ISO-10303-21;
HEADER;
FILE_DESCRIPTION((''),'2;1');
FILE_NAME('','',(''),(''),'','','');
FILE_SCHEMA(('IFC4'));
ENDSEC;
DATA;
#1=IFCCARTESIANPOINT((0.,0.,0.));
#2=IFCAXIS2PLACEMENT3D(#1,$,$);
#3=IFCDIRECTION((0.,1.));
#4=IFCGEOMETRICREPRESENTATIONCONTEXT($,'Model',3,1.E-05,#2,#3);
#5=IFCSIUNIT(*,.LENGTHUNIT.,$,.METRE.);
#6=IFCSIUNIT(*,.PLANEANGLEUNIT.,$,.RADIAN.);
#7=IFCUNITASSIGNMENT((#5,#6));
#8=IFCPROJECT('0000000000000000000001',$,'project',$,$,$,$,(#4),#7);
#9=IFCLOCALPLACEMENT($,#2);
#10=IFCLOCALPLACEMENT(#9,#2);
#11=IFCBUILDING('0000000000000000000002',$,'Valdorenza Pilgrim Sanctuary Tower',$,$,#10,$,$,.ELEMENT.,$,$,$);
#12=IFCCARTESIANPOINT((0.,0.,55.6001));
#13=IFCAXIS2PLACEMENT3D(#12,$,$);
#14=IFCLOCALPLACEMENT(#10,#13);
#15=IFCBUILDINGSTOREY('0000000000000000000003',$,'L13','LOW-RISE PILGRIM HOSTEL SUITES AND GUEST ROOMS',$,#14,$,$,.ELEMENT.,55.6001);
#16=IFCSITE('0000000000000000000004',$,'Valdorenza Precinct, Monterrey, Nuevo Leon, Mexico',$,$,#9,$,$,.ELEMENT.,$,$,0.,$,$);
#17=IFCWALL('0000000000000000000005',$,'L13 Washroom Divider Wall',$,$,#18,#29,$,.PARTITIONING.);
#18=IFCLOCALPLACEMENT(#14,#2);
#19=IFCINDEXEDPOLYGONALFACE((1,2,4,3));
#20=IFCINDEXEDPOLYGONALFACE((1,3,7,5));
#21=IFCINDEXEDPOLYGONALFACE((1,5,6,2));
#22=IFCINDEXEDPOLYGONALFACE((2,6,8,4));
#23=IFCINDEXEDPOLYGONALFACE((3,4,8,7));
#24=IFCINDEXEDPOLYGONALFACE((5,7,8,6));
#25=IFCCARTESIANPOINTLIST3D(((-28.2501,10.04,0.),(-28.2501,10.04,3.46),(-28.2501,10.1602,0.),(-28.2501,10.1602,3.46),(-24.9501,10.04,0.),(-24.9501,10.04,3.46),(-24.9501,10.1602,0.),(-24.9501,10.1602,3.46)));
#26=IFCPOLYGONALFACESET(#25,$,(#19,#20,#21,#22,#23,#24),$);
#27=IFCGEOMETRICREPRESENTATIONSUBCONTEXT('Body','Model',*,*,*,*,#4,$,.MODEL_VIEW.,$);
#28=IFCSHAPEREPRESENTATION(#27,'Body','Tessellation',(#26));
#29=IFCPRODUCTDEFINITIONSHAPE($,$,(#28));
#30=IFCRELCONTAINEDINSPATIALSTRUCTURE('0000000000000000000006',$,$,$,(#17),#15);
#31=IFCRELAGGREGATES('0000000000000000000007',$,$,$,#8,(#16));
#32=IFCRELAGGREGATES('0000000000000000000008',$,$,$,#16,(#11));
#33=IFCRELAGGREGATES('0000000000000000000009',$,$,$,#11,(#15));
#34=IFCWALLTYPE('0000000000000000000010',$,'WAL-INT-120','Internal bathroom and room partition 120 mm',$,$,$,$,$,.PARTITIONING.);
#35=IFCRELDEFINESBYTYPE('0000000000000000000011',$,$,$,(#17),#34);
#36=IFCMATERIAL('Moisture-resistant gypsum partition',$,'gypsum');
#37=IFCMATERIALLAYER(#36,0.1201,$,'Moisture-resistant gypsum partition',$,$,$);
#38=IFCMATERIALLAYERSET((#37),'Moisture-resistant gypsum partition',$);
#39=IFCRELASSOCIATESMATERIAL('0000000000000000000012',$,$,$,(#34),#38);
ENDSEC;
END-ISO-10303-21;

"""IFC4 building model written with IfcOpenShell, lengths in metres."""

from ifc_helpers import new_model, si_unit, direction, frame, frame_2d, origin, place, context, subcontext, project, spatial, rectangle, extrude, material, layer, layer_set, type_object, element, save


model = new_model("IFC4")

# Units and contexts
model_context = context("Model", 3, precision=1e-05, world=origin(), true_north=direction((0.0, 1.0)))
body_context = subcontext(model_context, "Body", "Model", "MODEL_VIEW")
ifc_project = project(units=[si_unit("LENGTHUNIT", "METRE"), si_unit("PLANEANGLEUNIT", "RADIAN")], contexts=[model_context])

# Site, building, storey
site_placement = place(None, origin())
site = spatial("IfcSite", under=ifc_project, at=site_placement, Name="Valdorenza Precinct, Monterrey, Nuevo Leon, Mexico", CompositionType="ELEMENT", RefElevation=0.0)
building_placement = place(site_placement, origin())
building = spatial("IfcBuilding", under=site, at=building_placement, Name="Valdorenza Pilgrim Sanctuary Tower", CompositionType="ELEMENT")
storey_placement = place(building_placement, frame((0.0, 0.0, 55.6001)))
storey = spatial("IfcBuildingStorey", under=building, at=storey_placement, Name="L13", Description="LOW-RISE PILGRIM HOSTEL SUITES AND GUEST ROOMS", CompositionType="ELEMENT", Elevation=55.6001)

# Wall
ifc_material_1 = material(Name="Moisture-resistant gypsum partition", Category="gypsum")
ifc_layer_1 = layer(ifc_material_1, 0.1201, Name="Moisture-resistant gypsum partition")
ifc_layer_set_1 = layer_set([ifc_layer_1], Name="Moisture-resistant gypsum partition")
wall_type_1 = type_object("IfcWallType", Name="WAL-INT-120", Description="Internal bathroom and room partition 120 mm", PredefinedType="PARTITIONING", material=ifc_layer_set_1)
wall_1_placement = place(storey_placement, frame((-28.25, 10.1001, 0.0), z_axis=(0.0, 0.0, 1.0), x_axis=(1.0, 0.0, 0.0)))
element("IfcWall", 1, at=wall_1_placement, inside=storey, type_object=wall_type_1, Name="L13 Washroom Divider Wall", PredefinedType="PARTITIONING", context=body_context, shape_type="SweptSolid", body=[
    extrude(rectangle(XDim=3.3, YDim=0.1201, at=frame_2d((1.6499, 0.0))), origin(), (0.0, 0.0, 1.0), 3.46),
])

save(model, "model.ifc")
